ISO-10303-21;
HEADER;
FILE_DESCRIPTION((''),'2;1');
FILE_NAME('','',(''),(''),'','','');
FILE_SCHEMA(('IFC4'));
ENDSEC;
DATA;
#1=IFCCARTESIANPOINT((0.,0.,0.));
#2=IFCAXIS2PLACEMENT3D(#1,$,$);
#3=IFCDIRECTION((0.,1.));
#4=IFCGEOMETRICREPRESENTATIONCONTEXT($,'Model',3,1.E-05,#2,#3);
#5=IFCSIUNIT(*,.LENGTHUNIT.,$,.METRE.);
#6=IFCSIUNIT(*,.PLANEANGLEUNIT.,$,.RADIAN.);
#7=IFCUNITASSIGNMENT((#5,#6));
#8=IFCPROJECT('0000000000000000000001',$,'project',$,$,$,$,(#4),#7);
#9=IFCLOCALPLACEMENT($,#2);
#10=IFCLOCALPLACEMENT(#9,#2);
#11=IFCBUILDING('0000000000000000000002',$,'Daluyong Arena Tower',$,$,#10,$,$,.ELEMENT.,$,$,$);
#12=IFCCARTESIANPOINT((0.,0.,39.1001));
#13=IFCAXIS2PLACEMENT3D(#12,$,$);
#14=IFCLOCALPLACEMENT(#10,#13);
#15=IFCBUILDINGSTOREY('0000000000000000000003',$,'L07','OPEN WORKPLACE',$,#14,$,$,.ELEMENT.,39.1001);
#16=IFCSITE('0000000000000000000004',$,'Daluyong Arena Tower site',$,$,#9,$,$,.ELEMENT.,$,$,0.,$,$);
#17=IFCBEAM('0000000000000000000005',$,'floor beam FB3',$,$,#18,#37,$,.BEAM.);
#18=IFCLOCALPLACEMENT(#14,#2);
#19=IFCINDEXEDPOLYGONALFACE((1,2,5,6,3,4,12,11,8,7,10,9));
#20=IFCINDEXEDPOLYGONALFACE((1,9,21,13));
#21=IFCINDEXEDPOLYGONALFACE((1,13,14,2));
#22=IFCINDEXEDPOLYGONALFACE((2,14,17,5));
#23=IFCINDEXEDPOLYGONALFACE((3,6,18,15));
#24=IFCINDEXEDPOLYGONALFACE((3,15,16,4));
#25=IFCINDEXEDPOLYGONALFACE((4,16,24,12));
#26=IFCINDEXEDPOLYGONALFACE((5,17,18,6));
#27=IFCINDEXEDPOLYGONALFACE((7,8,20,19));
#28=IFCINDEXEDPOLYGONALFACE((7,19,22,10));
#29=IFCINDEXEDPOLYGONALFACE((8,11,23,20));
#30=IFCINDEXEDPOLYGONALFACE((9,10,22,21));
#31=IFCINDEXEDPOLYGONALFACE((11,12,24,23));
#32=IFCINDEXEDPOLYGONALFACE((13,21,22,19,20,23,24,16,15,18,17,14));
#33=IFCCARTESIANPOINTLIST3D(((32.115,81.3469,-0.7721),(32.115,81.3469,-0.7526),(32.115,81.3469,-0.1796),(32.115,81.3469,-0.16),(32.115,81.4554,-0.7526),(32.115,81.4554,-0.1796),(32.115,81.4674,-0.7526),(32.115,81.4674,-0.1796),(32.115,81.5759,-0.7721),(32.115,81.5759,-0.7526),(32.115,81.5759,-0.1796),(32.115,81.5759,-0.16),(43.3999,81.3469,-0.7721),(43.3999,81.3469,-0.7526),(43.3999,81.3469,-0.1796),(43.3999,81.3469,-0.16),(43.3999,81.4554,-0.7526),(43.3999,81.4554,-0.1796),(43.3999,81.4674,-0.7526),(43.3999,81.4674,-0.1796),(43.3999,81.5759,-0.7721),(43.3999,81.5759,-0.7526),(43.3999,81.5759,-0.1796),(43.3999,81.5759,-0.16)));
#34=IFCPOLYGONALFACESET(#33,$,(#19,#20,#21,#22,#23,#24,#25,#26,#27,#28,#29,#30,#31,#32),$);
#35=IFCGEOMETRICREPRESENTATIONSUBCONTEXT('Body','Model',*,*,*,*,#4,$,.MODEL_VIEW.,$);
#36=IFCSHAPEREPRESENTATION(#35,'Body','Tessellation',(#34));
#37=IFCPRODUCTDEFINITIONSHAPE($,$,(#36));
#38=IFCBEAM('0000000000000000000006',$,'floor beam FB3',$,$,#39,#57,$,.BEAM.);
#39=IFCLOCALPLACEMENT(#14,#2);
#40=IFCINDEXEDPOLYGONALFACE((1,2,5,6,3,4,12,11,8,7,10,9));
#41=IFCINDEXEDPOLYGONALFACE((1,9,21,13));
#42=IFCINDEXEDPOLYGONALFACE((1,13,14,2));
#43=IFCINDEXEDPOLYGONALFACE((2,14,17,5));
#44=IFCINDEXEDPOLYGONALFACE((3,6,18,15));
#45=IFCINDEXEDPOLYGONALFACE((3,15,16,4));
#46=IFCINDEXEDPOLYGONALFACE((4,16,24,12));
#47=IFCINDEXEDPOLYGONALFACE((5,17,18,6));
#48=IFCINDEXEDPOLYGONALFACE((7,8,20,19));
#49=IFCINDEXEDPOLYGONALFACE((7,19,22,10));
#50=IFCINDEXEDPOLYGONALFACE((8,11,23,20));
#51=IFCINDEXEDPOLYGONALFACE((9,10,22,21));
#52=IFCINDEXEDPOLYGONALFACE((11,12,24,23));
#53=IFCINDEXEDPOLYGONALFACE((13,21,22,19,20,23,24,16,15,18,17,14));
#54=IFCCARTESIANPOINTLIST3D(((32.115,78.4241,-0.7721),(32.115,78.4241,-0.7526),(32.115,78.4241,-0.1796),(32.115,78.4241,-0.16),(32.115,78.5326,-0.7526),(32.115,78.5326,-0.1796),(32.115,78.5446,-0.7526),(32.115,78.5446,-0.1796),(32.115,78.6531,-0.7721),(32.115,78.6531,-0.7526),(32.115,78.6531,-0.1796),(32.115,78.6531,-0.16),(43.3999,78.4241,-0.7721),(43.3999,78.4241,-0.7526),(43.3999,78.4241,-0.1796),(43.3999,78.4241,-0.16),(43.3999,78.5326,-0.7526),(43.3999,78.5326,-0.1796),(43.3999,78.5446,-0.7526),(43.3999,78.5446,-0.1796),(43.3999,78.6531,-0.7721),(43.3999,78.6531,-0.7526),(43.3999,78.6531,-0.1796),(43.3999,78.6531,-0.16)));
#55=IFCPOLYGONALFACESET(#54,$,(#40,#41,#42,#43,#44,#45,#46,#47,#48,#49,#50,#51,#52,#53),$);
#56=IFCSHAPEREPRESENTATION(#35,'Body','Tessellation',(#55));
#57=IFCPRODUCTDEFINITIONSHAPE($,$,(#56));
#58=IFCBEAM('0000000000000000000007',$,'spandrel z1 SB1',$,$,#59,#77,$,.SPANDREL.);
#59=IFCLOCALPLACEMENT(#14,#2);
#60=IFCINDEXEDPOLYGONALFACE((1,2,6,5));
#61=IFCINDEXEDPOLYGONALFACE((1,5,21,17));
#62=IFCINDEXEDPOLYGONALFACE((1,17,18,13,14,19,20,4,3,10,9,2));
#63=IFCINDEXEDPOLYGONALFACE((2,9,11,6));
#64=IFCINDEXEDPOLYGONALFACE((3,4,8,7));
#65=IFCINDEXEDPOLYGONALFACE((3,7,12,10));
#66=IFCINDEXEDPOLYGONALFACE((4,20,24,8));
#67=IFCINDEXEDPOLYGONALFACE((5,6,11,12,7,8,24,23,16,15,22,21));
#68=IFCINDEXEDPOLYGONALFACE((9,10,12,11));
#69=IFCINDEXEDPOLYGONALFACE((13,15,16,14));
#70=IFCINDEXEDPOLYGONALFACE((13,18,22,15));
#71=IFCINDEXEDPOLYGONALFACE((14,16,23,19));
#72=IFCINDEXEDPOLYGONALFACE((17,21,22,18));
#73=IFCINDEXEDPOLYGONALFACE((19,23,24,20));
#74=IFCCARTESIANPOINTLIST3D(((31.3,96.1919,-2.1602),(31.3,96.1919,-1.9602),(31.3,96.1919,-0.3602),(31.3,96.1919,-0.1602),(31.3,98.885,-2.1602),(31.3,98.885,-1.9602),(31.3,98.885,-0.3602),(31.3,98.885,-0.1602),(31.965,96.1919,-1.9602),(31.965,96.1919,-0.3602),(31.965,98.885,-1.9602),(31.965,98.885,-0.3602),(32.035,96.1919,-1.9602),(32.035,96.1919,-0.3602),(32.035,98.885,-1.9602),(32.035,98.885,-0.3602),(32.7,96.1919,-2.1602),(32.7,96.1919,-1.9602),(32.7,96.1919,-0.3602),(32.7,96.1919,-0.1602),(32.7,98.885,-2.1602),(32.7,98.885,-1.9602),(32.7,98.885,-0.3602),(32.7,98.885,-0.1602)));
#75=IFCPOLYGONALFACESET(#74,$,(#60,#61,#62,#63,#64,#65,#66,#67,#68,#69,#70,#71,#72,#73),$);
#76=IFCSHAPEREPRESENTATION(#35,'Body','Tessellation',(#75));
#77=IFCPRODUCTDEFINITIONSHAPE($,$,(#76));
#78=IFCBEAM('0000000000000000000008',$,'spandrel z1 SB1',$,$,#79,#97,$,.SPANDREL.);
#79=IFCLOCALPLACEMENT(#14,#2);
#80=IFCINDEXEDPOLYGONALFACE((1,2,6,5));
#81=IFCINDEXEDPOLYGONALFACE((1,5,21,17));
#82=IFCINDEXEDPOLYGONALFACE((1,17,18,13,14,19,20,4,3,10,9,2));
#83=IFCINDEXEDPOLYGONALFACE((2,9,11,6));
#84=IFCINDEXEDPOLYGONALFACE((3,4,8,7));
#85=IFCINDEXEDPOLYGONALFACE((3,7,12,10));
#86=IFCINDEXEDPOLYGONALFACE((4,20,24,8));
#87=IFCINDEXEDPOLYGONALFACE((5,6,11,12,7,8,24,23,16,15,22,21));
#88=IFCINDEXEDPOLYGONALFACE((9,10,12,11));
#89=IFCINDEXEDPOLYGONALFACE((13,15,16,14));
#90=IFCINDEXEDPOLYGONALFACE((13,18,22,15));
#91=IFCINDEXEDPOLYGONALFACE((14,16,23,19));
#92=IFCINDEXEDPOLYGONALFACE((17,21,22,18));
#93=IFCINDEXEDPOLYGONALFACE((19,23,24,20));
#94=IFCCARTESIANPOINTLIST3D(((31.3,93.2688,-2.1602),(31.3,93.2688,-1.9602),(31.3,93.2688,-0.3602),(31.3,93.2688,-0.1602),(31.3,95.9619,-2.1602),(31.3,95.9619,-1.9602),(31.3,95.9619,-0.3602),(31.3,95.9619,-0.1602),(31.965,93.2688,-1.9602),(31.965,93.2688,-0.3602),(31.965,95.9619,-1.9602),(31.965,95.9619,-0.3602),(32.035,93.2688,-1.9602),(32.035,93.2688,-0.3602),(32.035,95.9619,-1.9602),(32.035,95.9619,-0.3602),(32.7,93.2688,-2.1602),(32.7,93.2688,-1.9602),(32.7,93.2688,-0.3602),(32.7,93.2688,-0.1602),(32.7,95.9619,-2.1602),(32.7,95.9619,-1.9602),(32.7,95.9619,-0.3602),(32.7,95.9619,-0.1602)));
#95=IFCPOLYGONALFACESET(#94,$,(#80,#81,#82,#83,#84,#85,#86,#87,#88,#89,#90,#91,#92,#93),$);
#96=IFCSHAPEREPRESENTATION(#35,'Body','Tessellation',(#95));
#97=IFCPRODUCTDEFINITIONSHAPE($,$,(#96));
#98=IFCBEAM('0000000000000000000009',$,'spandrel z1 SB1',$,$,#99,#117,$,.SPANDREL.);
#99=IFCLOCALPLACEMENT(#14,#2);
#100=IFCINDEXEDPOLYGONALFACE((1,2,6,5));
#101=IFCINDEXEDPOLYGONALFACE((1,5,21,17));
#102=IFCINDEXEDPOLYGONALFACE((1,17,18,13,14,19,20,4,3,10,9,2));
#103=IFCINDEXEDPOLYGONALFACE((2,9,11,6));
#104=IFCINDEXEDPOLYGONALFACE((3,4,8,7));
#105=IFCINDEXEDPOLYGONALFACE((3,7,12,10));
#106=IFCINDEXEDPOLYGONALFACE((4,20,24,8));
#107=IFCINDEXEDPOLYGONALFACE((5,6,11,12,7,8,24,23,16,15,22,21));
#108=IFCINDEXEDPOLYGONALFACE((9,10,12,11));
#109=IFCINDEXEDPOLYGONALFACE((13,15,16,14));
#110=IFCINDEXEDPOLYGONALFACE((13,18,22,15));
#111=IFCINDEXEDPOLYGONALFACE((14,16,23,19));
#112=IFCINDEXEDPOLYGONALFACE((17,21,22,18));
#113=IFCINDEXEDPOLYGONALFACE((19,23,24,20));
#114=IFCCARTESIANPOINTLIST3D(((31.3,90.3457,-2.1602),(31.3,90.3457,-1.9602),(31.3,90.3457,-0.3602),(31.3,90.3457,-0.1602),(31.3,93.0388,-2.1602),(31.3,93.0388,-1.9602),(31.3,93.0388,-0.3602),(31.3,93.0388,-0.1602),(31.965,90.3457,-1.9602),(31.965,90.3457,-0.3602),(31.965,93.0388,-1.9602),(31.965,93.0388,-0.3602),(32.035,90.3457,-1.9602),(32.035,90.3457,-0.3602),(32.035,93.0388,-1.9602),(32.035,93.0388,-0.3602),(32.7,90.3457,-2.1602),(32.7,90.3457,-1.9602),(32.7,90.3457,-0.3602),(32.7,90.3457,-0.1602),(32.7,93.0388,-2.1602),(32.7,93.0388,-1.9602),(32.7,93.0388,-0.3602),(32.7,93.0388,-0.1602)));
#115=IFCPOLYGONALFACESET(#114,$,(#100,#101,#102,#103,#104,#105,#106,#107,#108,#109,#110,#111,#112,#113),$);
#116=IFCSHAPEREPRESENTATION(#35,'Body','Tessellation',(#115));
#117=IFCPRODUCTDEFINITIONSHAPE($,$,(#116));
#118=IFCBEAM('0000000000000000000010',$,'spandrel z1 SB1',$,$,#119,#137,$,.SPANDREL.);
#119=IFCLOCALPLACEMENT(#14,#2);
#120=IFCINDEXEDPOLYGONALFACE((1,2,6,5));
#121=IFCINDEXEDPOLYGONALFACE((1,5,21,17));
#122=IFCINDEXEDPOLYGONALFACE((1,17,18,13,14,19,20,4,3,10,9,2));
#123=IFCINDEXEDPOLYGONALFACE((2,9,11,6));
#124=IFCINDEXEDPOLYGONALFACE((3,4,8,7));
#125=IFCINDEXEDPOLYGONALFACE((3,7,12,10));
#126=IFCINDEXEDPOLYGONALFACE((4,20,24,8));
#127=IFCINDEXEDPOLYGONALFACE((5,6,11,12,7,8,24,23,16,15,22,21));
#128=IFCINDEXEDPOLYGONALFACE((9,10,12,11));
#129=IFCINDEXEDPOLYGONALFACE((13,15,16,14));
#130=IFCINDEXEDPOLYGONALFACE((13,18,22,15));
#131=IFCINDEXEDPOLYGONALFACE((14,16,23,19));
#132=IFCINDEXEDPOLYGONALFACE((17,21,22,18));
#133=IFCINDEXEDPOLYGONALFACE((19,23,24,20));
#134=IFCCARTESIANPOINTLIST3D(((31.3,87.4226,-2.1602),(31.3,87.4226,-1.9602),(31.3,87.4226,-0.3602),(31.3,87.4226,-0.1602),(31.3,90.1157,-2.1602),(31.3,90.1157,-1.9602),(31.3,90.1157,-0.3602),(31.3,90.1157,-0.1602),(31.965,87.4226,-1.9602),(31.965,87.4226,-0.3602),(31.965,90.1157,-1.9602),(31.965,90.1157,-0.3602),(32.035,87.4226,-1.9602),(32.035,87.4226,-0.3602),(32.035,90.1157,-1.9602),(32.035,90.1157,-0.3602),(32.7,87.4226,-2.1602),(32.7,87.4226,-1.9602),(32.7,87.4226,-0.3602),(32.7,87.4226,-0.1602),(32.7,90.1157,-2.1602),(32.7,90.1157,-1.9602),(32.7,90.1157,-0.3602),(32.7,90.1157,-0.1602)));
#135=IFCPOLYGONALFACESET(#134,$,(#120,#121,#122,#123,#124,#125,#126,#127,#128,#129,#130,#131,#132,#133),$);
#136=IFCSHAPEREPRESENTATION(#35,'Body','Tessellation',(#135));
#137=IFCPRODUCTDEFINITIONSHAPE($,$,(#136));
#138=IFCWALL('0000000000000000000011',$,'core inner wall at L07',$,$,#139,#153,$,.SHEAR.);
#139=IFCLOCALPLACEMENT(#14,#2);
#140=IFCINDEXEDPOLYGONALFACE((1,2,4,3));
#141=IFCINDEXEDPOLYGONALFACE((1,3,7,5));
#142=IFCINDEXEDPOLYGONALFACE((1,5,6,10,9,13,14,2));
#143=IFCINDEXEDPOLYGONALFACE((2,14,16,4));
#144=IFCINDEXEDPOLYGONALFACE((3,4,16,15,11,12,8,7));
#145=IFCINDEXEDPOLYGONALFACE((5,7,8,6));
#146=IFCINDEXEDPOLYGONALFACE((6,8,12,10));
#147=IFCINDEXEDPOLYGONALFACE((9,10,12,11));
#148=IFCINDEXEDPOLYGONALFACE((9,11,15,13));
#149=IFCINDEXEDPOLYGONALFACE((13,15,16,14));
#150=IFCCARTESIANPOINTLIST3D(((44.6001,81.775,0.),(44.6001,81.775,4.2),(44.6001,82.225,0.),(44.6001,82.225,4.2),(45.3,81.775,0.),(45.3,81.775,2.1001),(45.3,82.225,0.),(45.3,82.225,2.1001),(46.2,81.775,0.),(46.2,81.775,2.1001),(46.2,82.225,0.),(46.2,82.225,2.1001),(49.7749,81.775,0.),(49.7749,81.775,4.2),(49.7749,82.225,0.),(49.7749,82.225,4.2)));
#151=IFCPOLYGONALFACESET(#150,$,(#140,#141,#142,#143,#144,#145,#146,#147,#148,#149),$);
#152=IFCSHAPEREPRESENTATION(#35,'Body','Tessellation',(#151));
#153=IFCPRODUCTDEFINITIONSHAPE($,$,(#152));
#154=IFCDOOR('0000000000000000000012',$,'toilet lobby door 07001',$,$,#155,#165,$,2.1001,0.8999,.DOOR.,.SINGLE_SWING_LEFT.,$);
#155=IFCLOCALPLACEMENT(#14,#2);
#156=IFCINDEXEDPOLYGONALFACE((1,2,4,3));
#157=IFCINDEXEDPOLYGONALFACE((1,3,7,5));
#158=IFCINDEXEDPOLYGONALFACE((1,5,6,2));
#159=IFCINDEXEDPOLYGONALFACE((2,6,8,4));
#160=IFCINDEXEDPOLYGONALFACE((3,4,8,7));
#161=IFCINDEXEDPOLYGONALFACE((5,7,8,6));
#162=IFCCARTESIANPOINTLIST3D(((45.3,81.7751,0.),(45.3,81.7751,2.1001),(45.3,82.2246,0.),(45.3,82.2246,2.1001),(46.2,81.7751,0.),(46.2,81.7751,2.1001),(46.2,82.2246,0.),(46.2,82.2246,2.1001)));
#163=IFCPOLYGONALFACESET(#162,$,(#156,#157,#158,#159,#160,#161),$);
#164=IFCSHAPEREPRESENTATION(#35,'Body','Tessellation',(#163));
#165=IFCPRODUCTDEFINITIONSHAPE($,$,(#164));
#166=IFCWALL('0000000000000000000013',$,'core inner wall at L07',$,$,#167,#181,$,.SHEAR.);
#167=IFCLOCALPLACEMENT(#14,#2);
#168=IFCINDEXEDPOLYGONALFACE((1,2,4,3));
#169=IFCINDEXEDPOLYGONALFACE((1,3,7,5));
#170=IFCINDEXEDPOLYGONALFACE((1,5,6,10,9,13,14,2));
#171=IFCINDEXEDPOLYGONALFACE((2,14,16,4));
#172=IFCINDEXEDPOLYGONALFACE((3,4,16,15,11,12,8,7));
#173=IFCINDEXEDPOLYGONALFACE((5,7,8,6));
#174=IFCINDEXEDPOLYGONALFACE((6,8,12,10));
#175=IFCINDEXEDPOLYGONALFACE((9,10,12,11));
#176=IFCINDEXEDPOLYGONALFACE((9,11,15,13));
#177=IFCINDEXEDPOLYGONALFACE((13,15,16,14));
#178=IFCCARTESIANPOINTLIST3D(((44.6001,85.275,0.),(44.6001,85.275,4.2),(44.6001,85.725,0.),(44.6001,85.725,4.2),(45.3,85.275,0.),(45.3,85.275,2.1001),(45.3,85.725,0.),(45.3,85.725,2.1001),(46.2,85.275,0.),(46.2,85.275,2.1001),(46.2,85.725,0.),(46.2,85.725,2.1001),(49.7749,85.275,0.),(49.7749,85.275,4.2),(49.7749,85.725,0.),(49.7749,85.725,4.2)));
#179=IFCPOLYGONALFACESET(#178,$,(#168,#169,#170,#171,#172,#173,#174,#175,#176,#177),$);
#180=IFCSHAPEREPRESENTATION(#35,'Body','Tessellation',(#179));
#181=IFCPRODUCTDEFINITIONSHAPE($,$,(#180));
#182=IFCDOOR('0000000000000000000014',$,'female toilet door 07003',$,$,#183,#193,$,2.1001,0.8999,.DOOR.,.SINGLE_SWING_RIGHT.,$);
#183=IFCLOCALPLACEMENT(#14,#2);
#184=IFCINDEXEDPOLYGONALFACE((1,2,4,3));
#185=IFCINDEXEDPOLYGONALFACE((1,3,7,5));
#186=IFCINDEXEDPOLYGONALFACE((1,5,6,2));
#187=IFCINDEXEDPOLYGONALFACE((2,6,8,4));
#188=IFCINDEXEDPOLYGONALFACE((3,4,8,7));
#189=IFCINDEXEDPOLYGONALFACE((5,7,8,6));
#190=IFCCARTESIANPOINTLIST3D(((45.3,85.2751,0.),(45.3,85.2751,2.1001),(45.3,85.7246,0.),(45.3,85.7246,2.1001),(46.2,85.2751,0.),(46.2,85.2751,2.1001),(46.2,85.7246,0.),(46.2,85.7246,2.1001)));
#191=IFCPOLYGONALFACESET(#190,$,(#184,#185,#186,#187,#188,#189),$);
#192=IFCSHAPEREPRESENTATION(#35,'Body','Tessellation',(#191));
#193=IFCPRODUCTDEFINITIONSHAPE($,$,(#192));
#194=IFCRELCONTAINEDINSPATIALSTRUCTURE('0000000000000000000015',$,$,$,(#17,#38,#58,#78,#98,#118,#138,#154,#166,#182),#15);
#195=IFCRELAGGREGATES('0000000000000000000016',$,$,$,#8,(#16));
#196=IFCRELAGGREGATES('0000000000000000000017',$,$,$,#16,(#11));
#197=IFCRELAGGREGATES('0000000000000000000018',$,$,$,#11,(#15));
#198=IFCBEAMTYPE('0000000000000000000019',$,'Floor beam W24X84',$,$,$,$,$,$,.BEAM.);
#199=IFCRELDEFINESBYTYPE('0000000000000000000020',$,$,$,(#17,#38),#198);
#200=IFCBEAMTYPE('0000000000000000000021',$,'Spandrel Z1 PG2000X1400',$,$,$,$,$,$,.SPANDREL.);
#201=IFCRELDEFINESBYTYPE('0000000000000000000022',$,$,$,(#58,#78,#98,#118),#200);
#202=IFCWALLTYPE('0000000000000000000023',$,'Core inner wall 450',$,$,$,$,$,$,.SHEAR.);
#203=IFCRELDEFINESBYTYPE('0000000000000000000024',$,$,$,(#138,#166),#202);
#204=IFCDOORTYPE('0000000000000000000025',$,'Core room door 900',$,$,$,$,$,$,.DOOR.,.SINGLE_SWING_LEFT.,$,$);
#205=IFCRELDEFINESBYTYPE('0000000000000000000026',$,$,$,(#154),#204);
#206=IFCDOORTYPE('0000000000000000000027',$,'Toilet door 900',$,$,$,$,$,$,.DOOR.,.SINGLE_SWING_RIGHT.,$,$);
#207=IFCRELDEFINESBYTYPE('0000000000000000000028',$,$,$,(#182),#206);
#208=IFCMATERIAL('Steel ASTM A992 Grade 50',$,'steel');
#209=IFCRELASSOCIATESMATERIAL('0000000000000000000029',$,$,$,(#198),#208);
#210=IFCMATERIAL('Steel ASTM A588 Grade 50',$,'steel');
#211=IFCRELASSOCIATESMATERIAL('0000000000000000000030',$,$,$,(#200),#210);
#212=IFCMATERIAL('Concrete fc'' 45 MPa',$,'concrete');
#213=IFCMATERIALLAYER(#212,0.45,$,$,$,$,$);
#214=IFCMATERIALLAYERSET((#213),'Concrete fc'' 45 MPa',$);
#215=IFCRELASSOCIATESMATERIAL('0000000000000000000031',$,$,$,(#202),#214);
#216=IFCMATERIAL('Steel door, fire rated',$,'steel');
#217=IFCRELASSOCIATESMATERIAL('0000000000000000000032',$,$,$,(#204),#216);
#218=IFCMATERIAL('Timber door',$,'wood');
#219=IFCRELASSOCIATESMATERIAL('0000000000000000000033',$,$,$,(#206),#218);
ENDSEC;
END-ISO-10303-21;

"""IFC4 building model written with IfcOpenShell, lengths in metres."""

from ifc_helpers import new_model, si_unit, direction, frame, frame_2d, origin, origin_2d, place, context, subcontext, project, spatial, rectangle, i_section, extrude, material, layer, layer_set, material_profile, profile_set, type_object, element, fill, save


model = new_model("IFC4")

# Units and contexts
model_context = context("Model", 3, precision=1e-05, world=origin(), true_north=direction((0.0, 1.0)))
body_context = subcontext(model_context, "Body", "Model", "MODEL_VIEW")
ifc_project = project(units=[si_unit("LENGTHUNIT", "METRE"), si_unit("PLANEANGLEUNIT", "RADIAN")], contexts=[model_context])

# Site, building, storey
site_placement = place(None, origin())
site = spatial("IfcSite", under=ifc_project, at=site_placement, Name="Daluyong Arena Tower site", CompositionType="ELEMENT", RefElevation=0.0)
building_placement = place(site_placement, origin())
building = spatial("IfcBuilding", under=site, at=building_placement, Name="Daluyong Arena Tower", CompositionType="ELEMENT")
storey_placement = place(building_placement, frame((0.0, 0.0, 39.1001)))
storey = spatial("IfcBuildingStorey", under=building, at=storey_placement, Name="L07", Description="OPEN WORKPLACE", CompositionType="ELEMENT", Elevation=39.1001)

# Beams
ifc_material_1 = material(Name="Steel ASTM A992 Grade 50", Category="steel")
ifc_material_profile_1 = material_profile(ifc_material_1, i_section(OverallWidth=0.229, OverallDepth=0.6121, WebThickness=0.012, FlangeThickness=0.0195, at=origin_2d()))
ifc_profile_set_1 = profile_set([ifc_material_profile_1], Name="Steel ASTM A992 Grade 50")
beam_type_1 = type_object("IfcBeamType", Name="Floor beam W24X84", PredefinedType="BEAM", material=ifc_profile_set_1)
for number, where, z_axis, x_axis, name in (
    (1, (32.115, 81.4614, -0.4661), (1.0, 0.0, 0.0), (0.0, 1.0, 0.0), "floor beam FB3"),
    (2, (32.115, 78.5386, -0.4661), (1.0, 0.0, 0.0), (0.0, 1.0, 0.0), "floor beam FB3"),
):
    element("IfcBeam", number, at=place(storey_placement, frame(where, z_axis=z_axis, x_axis=x_axis)), inside=storey, type_object=beam_type_1, Name=name, PredefinedType="BEAM", context=body_context, shape_type="SweptSolid", body=[
        extrude(i_section(OverallWidth=0.229, OverallDepth=0.6121, WebThickness=0.012, FlangeThickness=0.0195, at=origin_2d()), origin(), (0.0, 0.0, 1.0), 11.2849),
    ])
ifc_material_2 = material(Name="Steel ASTM A588 Grade 50", Category="steel")
ifc_material_profile_2 = material_profile(ifc_material_2, i_section(OverallWidth=1.3999, OverallDepth=2.0, WebThickness=0.07, FlangeThickness=0.2, at=origin_2d()))
ifc_profile_set_2 = profile_set([ifc_material_profile_2], Name="Steel ASTM A588 Grade 50")
beam_type_2 = type_object("IfcBeamType", Name="Spandrel Z1 PG2000X1400", PredefinedType="SPANDREL", material=ifc_profile_set_2)
for number, where, z_axis, x_axis, name in (
    (3, (32.0, 98.885, -1.1602), (0.0, -1.0, 0.0), (1.0, 0.0, 0.0), "spandrel z1 SB1"),
    (4, (32.0, 95.9619, -1.1602), (0.0, -1.0, 0.0), (1.0, 0.0, 0.0), "spandrel z1 SB1"),
    (5, (32.0, 93.0388, -1.1602), (0.0, -1.0, 0.0), (1.0, 0.0, 0.0), "spandrel z1 SB1"),
    (6, (32.0, 90.1157, -1.1602), (0.0, -1.0, 0.0), (1.0, 0.0, 0.0), "spandrel z1 SB1"),
):
    element("IfcBeam", number, at=place(storey_placement, frame(where, z_axis=z_axis, x_axis=x_axis)), inside=storey, type_object=beam_type_2, Name=name, PredefinedType="SPANDREL", context=body_context, shape_type="SweptSolid", body=[
        extrude(i_section(OverallWidth=1.3999, OverallDepth=2.0, WebThickness=0.07, FlangeThickness=0.2, at=origin_2d()), origin(), (0.0, 0.0, 1.0), 2.6931),
    ])

# Walls, openings, doors
ifc_material_3 = material(Name="Concrete fc' 45 MPa", Category="concrete")
ifc_layer_1 = layer(ifc_material_3, 0.45)
ifc_layer_set_1 = layer_set([ifc_layer_1], Name="Concrete fc' 45 MPa")
wall_type_1 = type_object("IfcWallType", Name="Core inner wall 450", PredefinedType="SHEAR", material=ifc_layer_set_1)
wall_1_placement = place(storey_placement, frame((44.6001, 82.0, 0.0), z_axis=(0.0, 0.0, 1.0), x_axis=(1.0, 0.0, 0.0)))
wall_1 = element("IfcWall", 7, at=wall_1_placement, inside=storey, type_object=wall_type_1, Name="core inner wall at L07", PredefinedType="SHEAR", context=body_context, shape_type="SweptSolid", body=[
    extrude(rectangle(XDim=5.1748, YDim=0.45, at=frame_2d((2.5874, 0.0))), origin(), (0.0, 0.0, 1.0), 4.2),
])
opening_1_placement = place(wall_1_placement, frame((0.7, 0.0, 0.0)))
opening_1 = element("IfcOpeningElement", 8, at=opening_1_placement, cuts=wall_1, PredefinedType="OPENING", context=body_context, shape_type="SweptSolid", body=[
    extrude(rectangle(XDim=0.8999, YDim=2.1001, at=frame_2d((0.45, 1.05))), frame((0.0, 0.2349, 0.0), z_axis=(0.0, -1.0, 0.0), x_axis=(1.0, 0.0, 0.0)), (0.0, 0.0, 1.0), 0.47),
])
ifc_material_4 = material(Name="Steel door, fire rated", Category="steel")
door_type_1 = type_object("IfcDoorType", Name="Core room door 900", OperationType="SINGLE_SWING_LEFT", PredefinedType="DOOR", material=ifc_material_4)
door_1_placement = place(opening_1_placement, origin())
door_1 = element("IfcDoor", 9, at=door_1_placement, inside=storey, type_object=door_type_1, Name="toilet lobby door 07001", OperationType="SINGLE_SWING_LEFT", OverallHeight=2.1001, OverallWidth=0.8999, PredefinedType="DOOR", context=body_context, shape_type="SweptSolid", body=[
    extrude(rectangle(XDim=0.8999, YDim=2.1001, at=frame_2d((0.45, 1.05))), frame((0.0, 0.2246, 0.0), z_axis=(0.0, -1.0, 0.0), x_axis=(1.0, 0.0, 0.0)), (0.0, 0.0, 1.0), 0.4495),
])
fill(opening_1, door_1)
wall_2_placement = place(storey_placement, frame((44.6001, 85.5, 0.0), z_axis=(0.0, 0.0, 1.0), x_axis=(1.0, 0.0, 0.0)))
wall_2 = element("IfcWall", 10, at=wall_2_placement, inside=storey, type_object=wall_type_1, Name="core inner wall at L07", PredefinedType="SHEAR", context=body_context, shape_type="SweptSolid", body=[
    extrude(rectangle(XDim=5.1748, YDim=0.45, at=frame_2d((2.5874, 0.0))), origin(), (0.0, 0.0, 1.0), 4.2),
])
opening_2_placement = place(wall_2_placement, frame((0.7, 0.0, 0.0)))
opening_2 = element("IfcOpeningElement", 11, at=opening_2_placement, cuts=wall_2, PredefinedType="OPENING", context=body_context, shape_type="SweptSolid", body=[
    extrude(rectangle(XDim=0.8999, YDim=2.1001, at=frame_2d((0.45, 1.05))), frame((0.0, 0.2349, 0.0), z_axis=(0.0, -1.0, 0.0), x_axis=(1.0, 0.0, 0.0)), (0.0, 0.0, 1.0), 0.47),
])
ifc_material_5 = material(Name="Timber door", Category="wood")
door_type_2 = type_object("IfcDoorType", Name="Toilet door 900", OperationType="SINGLE_SWING_RIGHT", PredefinedType="DOOR", material=ifc_material_5)
door_2_placement = place(opening_2_placement, origin())
door_2 = element("IfcDoor", 12, at=door_2_placement, inside=storey, type_object=door_type_2, Name="female toilet door 07003", OperationType="SINGLE_SWING_RIGHT", OverallHeight=2.1001, OverallWidth=0.8999, PredefinedType="DOOR", context=body_context, shape_type="SweptSolid", body=[
    extrude(rectangle(XDim=0.8999, YDim=2.1001, at=frame_2d((0.45, 1.05))), frame((0.0, 0.2246, 0.0), z_axis=(0.0, -1.0, 0.0), x_axis=(1.0, 0.0, 0.0)), (0.0, 0.0, 1.0), 0.4495),
])
fill(opening_2, door_2)

save(model, "model.ifc")
